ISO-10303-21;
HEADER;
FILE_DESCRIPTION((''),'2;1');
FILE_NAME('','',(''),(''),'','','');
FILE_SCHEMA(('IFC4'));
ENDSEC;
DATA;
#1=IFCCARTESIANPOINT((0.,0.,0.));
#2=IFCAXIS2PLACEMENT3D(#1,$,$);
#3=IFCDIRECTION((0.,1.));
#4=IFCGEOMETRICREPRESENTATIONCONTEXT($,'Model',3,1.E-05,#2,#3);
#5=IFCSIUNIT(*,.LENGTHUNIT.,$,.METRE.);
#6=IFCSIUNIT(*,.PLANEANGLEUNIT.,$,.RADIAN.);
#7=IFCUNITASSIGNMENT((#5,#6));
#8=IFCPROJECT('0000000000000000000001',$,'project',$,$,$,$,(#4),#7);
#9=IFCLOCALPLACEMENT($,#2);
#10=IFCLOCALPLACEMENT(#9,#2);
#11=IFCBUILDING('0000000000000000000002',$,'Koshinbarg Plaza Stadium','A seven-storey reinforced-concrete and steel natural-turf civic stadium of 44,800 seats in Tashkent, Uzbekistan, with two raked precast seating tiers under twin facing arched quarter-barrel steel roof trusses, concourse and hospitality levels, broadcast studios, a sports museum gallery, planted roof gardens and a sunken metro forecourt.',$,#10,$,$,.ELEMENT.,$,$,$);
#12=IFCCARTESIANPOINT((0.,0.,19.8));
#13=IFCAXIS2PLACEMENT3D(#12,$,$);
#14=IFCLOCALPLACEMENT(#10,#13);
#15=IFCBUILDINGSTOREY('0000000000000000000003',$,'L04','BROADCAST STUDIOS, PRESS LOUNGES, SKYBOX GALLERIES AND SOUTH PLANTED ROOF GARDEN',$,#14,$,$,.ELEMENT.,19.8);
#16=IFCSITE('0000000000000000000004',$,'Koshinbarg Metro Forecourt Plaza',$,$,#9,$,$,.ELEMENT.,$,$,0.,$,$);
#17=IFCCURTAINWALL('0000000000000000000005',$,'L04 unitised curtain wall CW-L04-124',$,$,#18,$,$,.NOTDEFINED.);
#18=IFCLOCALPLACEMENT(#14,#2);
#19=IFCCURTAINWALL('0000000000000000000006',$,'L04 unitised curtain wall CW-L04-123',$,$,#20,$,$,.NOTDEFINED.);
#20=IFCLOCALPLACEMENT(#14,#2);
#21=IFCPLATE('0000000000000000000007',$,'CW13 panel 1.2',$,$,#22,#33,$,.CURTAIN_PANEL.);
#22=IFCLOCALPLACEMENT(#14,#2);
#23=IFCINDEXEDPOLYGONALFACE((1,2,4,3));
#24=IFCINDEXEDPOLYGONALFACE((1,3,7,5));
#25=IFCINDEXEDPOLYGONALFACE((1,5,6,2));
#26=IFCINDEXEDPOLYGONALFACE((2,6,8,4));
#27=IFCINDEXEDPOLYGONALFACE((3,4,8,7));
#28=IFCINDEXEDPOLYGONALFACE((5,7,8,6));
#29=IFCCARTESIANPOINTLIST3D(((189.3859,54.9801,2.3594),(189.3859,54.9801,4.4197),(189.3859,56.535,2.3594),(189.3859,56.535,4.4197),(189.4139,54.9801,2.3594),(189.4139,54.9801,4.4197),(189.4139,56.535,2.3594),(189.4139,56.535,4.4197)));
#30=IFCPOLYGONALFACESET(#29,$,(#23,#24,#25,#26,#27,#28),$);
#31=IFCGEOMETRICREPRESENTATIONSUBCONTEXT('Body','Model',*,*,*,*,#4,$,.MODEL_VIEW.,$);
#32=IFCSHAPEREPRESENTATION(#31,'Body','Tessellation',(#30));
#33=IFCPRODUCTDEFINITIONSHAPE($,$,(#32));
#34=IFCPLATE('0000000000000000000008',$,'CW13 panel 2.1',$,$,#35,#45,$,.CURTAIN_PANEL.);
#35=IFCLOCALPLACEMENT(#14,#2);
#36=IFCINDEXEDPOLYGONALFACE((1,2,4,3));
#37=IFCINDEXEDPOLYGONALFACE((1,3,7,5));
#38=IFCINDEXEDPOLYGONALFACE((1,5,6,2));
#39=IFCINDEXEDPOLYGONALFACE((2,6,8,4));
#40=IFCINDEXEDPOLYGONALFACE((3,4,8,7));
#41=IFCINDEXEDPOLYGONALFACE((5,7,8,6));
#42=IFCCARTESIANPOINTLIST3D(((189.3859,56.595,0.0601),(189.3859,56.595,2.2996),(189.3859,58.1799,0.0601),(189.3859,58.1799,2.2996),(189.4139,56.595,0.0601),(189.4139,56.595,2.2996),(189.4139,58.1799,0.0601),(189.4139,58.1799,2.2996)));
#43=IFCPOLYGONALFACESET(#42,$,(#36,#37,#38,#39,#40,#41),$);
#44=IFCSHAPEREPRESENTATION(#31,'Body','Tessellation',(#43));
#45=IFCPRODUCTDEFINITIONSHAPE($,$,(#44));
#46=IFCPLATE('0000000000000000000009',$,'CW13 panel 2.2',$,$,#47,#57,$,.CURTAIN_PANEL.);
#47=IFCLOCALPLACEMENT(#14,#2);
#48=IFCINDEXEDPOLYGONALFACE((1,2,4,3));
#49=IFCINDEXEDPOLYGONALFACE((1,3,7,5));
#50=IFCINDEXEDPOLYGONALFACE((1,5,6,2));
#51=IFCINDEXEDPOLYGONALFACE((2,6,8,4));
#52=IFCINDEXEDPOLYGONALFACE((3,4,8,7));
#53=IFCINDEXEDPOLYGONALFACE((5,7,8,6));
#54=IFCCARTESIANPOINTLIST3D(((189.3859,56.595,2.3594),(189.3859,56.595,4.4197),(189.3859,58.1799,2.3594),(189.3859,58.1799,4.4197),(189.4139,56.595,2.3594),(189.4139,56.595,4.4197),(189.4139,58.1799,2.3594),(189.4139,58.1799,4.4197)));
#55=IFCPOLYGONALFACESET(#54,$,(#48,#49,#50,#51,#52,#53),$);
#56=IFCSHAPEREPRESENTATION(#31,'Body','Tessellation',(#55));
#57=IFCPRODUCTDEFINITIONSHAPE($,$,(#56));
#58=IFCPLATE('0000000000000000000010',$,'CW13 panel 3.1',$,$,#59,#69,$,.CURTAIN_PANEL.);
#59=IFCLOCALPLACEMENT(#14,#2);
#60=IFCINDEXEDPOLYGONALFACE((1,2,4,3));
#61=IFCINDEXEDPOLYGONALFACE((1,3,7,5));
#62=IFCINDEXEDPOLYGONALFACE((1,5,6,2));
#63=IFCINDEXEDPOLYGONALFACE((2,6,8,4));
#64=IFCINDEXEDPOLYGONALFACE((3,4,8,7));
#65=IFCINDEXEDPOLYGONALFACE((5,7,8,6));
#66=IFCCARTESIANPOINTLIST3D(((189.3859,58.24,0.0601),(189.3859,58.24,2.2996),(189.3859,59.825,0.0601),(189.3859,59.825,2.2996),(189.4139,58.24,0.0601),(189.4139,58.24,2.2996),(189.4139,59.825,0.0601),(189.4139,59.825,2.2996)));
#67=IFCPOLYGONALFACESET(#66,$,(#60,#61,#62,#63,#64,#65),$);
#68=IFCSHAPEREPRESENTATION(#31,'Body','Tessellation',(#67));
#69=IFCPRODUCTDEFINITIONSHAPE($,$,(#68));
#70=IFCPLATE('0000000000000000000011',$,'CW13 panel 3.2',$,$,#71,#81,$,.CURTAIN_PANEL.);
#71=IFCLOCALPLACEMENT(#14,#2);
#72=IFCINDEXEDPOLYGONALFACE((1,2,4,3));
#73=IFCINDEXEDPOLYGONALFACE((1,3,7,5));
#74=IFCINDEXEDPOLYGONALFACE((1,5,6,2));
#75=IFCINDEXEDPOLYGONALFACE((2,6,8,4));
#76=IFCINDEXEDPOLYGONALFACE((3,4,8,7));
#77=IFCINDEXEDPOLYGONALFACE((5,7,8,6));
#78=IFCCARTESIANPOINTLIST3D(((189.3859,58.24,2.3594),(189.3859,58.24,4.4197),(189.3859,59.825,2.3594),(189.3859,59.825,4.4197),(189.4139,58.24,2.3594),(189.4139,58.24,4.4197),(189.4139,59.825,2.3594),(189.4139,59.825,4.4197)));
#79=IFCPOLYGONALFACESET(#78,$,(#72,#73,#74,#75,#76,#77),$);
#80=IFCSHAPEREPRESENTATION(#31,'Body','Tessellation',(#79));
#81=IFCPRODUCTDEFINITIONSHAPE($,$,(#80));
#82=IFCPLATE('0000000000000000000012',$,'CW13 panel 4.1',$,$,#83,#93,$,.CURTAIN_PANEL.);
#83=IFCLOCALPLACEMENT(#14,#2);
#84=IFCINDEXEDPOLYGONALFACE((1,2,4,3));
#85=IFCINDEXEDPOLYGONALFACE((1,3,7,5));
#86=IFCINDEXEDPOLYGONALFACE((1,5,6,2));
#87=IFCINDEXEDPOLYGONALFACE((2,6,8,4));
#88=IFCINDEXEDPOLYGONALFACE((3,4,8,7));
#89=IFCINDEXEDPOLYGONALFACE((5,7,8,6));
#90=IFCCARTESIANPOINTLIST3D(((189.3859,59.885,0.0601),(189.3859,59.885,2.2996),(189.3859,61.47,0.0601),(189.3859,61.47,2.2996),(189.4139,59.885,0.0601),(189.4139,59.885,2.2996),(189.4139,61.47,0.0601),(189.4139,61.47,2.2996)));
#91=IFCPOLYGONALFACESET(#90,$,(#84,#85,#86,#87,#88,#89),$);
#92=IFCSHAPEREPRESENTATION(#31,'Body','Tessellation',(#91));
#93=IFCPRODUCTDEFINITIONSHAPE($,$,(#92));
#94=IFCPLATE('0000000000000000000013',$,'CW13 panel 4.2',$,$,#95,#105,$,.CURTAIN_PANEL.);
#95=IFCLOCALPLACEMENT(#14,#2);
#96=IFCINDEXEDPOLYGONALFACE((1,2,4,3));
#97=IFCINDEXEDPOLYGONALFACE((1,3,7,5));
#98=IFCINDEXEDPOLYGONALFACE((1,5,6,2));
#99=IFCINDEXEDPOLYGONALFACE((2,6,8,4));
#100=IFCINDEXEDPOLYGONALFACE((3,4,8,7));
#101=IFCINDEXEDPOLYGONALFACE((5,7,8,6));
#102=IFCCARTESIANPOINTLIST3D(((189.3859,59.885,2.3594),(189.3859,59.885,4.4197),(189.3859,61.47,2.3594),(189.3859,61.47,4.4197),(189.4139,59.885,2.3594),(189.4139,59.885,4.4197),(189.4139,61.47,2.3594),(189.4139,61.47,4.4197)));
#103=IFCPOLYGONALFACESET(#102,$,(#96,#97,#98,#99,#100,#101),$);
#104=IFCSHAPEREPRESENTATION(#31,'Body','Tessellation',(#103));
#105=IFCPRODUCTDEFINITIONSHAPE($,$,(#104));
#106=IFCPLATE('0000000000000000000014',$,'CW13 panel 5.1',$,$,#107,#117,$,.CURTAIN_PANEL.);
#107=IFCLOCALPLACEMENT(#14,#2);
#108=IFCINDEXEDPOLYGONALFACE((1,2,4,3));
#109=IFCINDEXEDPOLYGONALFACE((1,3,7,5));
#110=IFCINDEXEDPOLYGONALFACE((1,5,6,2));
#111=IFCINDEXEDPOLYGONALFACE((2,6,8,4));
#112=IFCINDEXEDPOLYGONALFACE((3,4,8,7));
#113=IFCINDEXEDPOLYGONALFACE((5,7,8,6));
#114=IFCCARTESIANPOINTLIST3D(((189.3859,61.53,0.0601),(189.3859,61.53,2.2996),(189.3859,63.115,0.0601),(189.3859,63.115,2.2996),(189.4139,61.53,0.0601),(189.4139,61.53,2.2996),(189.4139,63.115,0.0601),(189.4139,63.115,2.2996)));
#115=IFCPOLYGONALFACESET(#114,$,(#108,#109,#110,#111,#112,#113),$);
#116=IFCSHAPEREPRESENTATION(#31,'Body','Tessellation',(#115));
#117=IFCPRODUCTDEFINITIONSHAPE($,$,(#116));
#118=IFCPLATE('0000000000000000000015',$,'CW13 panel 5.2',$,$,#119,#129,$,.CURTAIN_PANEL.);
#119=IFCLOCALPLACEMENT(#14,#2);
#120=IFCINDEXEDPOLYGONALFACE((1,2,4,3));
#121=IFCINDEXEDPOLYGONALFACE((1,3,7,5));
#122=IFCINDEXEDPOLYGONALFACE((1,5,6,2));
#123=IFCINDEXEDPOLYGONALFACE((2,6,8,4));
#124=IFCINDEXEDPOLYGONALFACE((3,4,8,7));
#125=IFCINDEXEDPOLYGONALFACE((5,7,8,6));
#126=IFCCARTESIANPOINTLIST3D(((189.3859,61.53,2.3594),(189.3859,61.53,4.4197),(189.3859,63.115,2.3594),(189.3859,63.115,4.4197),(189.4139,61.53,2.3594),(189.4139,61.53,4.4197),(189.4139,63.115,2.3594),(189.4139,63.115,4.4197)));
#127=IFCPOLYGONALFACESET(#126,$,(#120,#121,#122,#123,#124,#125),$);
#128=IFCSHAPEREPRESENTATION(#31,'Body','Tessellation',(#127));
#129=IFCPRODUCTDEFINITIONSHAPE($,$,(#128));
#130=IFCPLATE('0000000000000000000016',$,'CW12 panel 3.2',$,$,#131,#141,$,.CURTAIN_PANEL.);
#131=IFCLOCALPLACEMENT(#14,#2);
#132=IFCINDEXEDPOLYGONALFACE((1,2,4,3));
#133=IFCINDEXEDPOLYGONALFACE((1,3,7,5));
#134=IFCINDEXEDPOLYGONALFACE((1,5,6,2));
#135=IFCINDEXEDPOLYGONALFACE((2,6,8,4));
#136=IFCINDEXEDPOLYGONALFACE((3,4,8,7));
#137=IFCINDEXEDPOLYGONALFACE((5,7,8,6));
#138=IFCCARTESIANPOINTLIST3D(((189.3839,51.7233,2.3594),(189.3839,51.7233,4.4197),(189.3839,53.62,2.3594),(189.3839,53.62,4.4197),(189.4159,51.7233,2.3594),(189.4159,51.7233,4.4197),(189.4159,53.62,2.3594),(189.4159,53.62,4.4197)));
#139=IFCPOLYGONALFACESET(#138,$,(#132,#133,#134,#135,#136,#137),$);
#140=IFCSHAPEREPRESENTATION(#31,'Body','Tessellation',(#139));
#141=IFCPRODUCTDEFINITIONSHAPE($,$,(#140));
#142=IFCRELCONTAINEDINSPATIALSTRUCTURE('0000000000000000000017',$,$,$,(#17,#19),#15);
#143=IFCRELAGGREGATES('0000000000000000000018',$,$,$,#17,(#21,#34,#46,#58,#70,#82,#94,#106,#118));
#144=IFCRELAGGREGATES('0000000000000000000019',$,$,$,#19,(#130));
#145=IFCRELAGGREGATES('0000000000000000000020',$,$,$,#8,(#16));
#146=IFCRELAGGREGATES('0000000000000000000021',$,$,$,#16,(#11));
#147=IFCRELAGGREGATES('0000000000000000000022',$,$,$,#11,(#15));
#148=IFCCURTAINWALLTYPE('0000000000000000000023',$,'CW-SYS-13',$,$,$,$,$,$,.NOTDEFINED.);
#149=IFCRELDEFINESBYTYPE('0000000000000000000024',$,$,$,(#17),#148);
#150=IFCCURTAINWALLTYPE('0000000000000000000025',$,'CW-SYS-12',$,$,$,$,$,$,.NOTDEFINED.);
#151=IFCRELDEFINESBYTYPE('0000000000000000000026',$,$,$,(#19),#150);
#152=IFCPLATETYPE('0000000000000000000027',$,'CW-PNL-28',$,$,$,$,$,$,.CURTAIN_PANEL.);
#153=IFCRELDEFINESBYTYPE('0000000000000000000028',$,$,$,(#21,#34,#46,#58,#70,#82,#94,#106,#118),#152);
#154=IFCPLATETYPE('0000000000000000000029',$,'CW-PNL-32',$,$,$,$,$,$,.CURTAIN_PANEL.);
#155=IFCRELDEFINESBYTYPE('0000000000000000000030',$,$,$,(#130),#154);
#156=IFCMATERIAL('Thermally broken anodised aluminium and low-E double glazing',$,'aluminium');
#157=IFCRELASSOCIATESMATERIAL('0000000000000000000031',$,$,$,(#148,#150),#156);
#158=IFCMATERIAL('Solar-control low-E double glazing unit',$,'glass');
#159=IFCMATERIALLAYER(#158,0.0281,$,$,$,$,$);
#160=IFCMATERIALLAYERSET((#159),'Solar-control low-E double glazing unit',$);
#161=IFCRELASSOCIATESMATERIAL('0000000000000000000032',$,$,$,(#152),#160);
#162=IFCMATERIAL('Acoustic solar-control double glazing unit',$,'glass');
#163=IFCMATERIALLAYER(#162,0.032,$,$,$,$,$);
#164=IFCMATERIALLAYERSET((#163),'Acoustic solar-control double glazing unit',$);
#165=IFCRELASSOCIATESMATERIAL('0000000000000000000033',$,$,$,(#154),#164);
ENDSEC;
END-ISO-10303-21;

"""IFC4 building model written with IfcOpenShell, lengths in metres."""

from ifc_helpers import new_model, si_unit, direction, frame, origin, origin_2d, place, context, subcontext, project, spatial, rectangle, extrude, material, layer, layer_set, type_object, element, aggregate, save


model = new_model("IFC4")

# Units and contexts
model_context = context("Model", 3, precision=1e-05, world=origin(), true_north=direction((0.0, 1.0)))
body_context = subcontext(model_context, "Body", "Model", "MODEL_VIEW")
ifc_project = project(units=[si_unit("LENGTHUNIT", "METRE"), si_unit("PLANEANGLEUNIT", "RADIAN")], contexts=[model_context])

# Site, building, storey
site_placement = place(None, origin())
site = spatial("IfcSite", under=ifc_project, at=site_placement, Name="Koshinbarg Metro Forecourt Plaza", CompositionType="ELEMENT", RefElevation=0.0)
building_placement = place(site_placement, origin())
building = spatial("IfcBuilding", under=site, at=building_placement, Name="Koshinbarg Plaza Stadium", Description="A seven-storey reinforced-concrete and steel natural-turf civic stadium of 44,800 seats in Tashkent, Uzbekistan, with two raked precast seating tiers under twin facing arched quarter-barrel steel roof trusses, concourse and hospitality levels, broadcast studios, a sports museum gallery, planted roof gardens and a sunken metro forecourt.", CompositionType="ELEMENT")
storey_placement = place(building_placement, frame((0.0, 0.0, 19.8)))
storey = spatial("IfcBuildingStorey", under=building, at=storey_placement, Name="L04", Description="BROADCAST STUDIOS, PRESS LOUNGES, SKYBOX GALLERIES AND SOUTH PLANTED ROOF GARDEN", CompositionType="ELEMENT", Elevation=19.8)

# Curtain wall
ifc_material_1 = material(Name="Thermally broken anodised aluminium and low-E double glazing", Category="aluminium")
curtain_wall_type_1 = type_object("IfcCurtainWallType", Name="CW-SYS-13", PredefinedType="NOTDEFINED", material=ifc_material_1)
curtain_wall_1_placement = place(storey_placement, origin())
curtain_wall_1 = element("IfcCurtainWall", 1, at=curtain_wall_1_placement, inside=storey, type_object=curtain_wall_type_1, Name="L04 unitised curtain wall CW-L04-124", PredefinedType="NOTDEFINED")

# Curtain wall
curtain_wall_type_2 = type_object("IfcCurtainWallType", Name="CW-SYS-12", PredefinedType="NOTDEFINED", material=ifc_material_1)
curtain_wall_2_placement = place(storey_placement, origin())
curtain_wall_2 = element("IfcCurtainWall", 2, at=curtain_wall_2_placement, inside=storey, type_object=curtain_wall_type_2, Name="L04 unitised curtain wall CW-L04-123", PredefinedType="NOTDEFINED")

# Plates
ifc_material_2 = material(Name="Solar-control low-E double glazing unit", Category="glass")
ifc_layer_1 = layer(ifc_material_2, 0.0281)
ifc_layer_set_1 = layer_set([ifc_layer_1], Name="Solar-control low-E double glazing unit")
plate_type_1 = type_object("IfcPlateType", Name="CW-PNL-28", PredefinedType="CURTAIN_PANEL", material=ifc_layer_set_1)
plate_1_placement = place(storey_placement, frame((189.3999, 55.7576, 2.3594), z_axis=(0.0, 0.0, 1.0), x_axis=(0.0, 1.0, 0.0)))
plate_1 = element("IfcPlate", 3, at=plate_1_placement, type_object=plate_type_1, Name="CW13 panel 1.2", PredefinedType="CURTAIN_PANEL", context=body_context, shape_type="SweptSolid", body=[
    extrude(rectangle(XDim=1.5549, YDim=0.0281, at=origin_2d()), origin(), (0.0, 0.0, 1.0), 2.0603),
])
plate_2_placement = place(storey_placement, frame((189.3999, 57.3875, 0.0601), z_axis=(0.0, 0.0, 1.0), x_axis=(0.0, 1.0, 0.0)))
plate_2 = element("IfcPlate", 4, at=plate_2_placement, type_object=plate_type_1, Name="CW13 panel 2.1", PredefinedType="CURTAIN_PANEL", context=body_context, shape_type="SweptSolid", body=[
    extrude(rectangle(XDim=1.585, YDim=0.0281, at=origin_2d()), origin(), (0.0, 0.0, 1.0), 2.2395),
])
plate_3_placement = place(storey_placement, frame((189.3999, 57.3875, 2.3594), z_axis=(0.0, 0.0, 1.0), x_axis=(0.0, 1.0, 0.0)))
plate_3 = element("IfcPlate", 5, at=plate_3_placement, type_object=plate_type_1, Name="CW13 panel 2.2", PredefinedType="CURTAIN_PANEL", context=body_context, shape_type="SweptSolid", body=[
    extrude(rectangle(XDim=1.585, YDim=0.0281, at=origin_2d()), origin(), (0.0, 0.0, 1.0), 2.0603),
])
plate_4_placement = place(storey_placement, frame((189.3999, 59.0325, 0.0601), z_axis=(0.0, 0.0, 1.0), x_axis=(0.0, 1.0, 0.0)))
plate_4 = element("IfcPlate", 6, at=plate_4_placement, type_object=plate_type_1, Name="CW13 panel 3.1", PredefinedType="CURTAIN_PANEL", context=body_context, shape_type="SweptSolid", body=[
    extrude(rectangle(XDim=1.585, YDim=0.0281, at=origin_2d()), origin(), (0.0, 0.0, 1.0), 2.2395),
])
plate_5_placement = place(storey_placement, frame((189.3999, 59.0325, 2.3594), z_axis=(0.0, 0.0, 1.0), x_axis=(0.0, 1.0, 0.0)))
plate_5 = element("IfcPlate", 7, at=plate_5_placement, type_object=plate_type_1, Name="CW13 panel 3.2", PredefinedType="CURTAIN_PANEL", context=body_context, shape_type="SweptSolid", body=[
    extrude(rectangle(XDim=1.585, YDim=0.0281, at=origin_2d()), origin(), (0.0, 0.0, 1.0), 2.0603),
])
plate_6_placement = place(storey_placement, frame((189.3999, 60.6775, 0.0601), z_axis=(0.0, 0.0, 1.0), x_axis=(0.0, 1.0, 0.0)))
plate_6 = element("IfcPlate", 8, at=plate_6_placement, type_object=plate_type_1, Name="CW13 panel 4.1", PredefinedType="CURTAIN_PANEL", context=body_context, shape_type="SweptSolid", body=[
    extrude(rectangle(XDim=1.585, YDim=0.0281, at=origin_2d()), origin(), (0.0, 0.0, 1.0), 2.2395),
])
plate_7_placement = place(storey_placement, frame((189.3999, 60.6775, 2.3594), z_axis=(0.0, 0.0, 1.0), x_axis=(0.0, 1.0, 0.0)))
plate_7 = element("IfcPlate", 9, at=plate_7_placement, type_object=plate_type_1, Name="CW13 panel 4.2", PredefinedType="CURTAIN_PANEL", context=body_context, shape_type="SweptSolid", body=[
    extrude(rectangle(XDim=1.585, YDim=0.0281, at=origin_2d()), origin(), (0.0, 0.0, 1.0), 2.0603),
])
plate_8_placement = place(storey_placement, frame((189.3999, 62.3225, 0.0601), z_axis=(0.0, 0.0, 1.0), x_axis=(0.0, 1.0, 0.0)))
plate_8 = element("IfcPlate", 10, at=plate_8_placement, type_object=plate_type_1, Name="CW13 panel 5.1", PredefinedType="CURTAIN_PANEL", context=body_context, shape_type="SweptSolid", body=[
    extrude(rectangle(XDim=1.585, YDim=0.0281, at=origin_2d()), origin(), (0.0, 0.0, 1.0), 2.2395),
])
plate_9_placement = place(storey_placement, frame((189.3999, 62.3225, 2.3594), z_axis=(0.0, 0.0, 1.0), x_axis=(0.0, 1.0, 0.0)))
plate_9 = element("IfcPlate", 11, at=plate_9_placement, type_object=plate_type_1, Name="CW13 panel 5.2", PredefinedType="CURTAIN_PANEL", context=body_context, shape_type="SweptSolid", body=[
    extrude(rectangle(XDim=1.585, YDim=0.0281, at=origin_2d()), origin(), (0.0, 0.0, 1.0), 2.0603),
])
aggregate(curtain_wall_1, [plate_1, plate_2, plate_3, plate_4, plate_5, plate_6, plate_7, plate_8, plate_9])
ifc_material_3 = material(Name="Acoustic solar-control double glazing unit", Category="glass")
ifc_layer_2 = layer(ifc_material_3, 0.032)
ifc_layer_set_2 = layer_set([ifc_layer_2], Name="Acoustic solar-control double glazing unit")
plate_type_2 = type_object("IfcPlateType", Name="CW-PNL-32", PredefinedType="CURTAIN_PANEL", material=ifc_layer_set_2)
plate_10_placement = place(storey_placement, frame((189.3999, 52.6716, 2.3594), z_axis=(0.0, 0.0, 1.0), x_axis=(0.0, 1.0, 0.0)))
plate_10 = element("IfcPlate", 12, at=plate_10_placement, type_object=plate_type_2, Name="CW12 panel 3.2", PredefinedType="CURTAIN_PANEL", context=body_context, shape_type="SweptSolid", body=[
    extrude(rectangle(XDim=1.8967, YDim=0.032, at=origin_2d()), origin(), (0.0, 0.0, 1.0), 2.0603),
])
aggregate(curtain_wall_2, [plate_10])

save(model, "model.ifc")
